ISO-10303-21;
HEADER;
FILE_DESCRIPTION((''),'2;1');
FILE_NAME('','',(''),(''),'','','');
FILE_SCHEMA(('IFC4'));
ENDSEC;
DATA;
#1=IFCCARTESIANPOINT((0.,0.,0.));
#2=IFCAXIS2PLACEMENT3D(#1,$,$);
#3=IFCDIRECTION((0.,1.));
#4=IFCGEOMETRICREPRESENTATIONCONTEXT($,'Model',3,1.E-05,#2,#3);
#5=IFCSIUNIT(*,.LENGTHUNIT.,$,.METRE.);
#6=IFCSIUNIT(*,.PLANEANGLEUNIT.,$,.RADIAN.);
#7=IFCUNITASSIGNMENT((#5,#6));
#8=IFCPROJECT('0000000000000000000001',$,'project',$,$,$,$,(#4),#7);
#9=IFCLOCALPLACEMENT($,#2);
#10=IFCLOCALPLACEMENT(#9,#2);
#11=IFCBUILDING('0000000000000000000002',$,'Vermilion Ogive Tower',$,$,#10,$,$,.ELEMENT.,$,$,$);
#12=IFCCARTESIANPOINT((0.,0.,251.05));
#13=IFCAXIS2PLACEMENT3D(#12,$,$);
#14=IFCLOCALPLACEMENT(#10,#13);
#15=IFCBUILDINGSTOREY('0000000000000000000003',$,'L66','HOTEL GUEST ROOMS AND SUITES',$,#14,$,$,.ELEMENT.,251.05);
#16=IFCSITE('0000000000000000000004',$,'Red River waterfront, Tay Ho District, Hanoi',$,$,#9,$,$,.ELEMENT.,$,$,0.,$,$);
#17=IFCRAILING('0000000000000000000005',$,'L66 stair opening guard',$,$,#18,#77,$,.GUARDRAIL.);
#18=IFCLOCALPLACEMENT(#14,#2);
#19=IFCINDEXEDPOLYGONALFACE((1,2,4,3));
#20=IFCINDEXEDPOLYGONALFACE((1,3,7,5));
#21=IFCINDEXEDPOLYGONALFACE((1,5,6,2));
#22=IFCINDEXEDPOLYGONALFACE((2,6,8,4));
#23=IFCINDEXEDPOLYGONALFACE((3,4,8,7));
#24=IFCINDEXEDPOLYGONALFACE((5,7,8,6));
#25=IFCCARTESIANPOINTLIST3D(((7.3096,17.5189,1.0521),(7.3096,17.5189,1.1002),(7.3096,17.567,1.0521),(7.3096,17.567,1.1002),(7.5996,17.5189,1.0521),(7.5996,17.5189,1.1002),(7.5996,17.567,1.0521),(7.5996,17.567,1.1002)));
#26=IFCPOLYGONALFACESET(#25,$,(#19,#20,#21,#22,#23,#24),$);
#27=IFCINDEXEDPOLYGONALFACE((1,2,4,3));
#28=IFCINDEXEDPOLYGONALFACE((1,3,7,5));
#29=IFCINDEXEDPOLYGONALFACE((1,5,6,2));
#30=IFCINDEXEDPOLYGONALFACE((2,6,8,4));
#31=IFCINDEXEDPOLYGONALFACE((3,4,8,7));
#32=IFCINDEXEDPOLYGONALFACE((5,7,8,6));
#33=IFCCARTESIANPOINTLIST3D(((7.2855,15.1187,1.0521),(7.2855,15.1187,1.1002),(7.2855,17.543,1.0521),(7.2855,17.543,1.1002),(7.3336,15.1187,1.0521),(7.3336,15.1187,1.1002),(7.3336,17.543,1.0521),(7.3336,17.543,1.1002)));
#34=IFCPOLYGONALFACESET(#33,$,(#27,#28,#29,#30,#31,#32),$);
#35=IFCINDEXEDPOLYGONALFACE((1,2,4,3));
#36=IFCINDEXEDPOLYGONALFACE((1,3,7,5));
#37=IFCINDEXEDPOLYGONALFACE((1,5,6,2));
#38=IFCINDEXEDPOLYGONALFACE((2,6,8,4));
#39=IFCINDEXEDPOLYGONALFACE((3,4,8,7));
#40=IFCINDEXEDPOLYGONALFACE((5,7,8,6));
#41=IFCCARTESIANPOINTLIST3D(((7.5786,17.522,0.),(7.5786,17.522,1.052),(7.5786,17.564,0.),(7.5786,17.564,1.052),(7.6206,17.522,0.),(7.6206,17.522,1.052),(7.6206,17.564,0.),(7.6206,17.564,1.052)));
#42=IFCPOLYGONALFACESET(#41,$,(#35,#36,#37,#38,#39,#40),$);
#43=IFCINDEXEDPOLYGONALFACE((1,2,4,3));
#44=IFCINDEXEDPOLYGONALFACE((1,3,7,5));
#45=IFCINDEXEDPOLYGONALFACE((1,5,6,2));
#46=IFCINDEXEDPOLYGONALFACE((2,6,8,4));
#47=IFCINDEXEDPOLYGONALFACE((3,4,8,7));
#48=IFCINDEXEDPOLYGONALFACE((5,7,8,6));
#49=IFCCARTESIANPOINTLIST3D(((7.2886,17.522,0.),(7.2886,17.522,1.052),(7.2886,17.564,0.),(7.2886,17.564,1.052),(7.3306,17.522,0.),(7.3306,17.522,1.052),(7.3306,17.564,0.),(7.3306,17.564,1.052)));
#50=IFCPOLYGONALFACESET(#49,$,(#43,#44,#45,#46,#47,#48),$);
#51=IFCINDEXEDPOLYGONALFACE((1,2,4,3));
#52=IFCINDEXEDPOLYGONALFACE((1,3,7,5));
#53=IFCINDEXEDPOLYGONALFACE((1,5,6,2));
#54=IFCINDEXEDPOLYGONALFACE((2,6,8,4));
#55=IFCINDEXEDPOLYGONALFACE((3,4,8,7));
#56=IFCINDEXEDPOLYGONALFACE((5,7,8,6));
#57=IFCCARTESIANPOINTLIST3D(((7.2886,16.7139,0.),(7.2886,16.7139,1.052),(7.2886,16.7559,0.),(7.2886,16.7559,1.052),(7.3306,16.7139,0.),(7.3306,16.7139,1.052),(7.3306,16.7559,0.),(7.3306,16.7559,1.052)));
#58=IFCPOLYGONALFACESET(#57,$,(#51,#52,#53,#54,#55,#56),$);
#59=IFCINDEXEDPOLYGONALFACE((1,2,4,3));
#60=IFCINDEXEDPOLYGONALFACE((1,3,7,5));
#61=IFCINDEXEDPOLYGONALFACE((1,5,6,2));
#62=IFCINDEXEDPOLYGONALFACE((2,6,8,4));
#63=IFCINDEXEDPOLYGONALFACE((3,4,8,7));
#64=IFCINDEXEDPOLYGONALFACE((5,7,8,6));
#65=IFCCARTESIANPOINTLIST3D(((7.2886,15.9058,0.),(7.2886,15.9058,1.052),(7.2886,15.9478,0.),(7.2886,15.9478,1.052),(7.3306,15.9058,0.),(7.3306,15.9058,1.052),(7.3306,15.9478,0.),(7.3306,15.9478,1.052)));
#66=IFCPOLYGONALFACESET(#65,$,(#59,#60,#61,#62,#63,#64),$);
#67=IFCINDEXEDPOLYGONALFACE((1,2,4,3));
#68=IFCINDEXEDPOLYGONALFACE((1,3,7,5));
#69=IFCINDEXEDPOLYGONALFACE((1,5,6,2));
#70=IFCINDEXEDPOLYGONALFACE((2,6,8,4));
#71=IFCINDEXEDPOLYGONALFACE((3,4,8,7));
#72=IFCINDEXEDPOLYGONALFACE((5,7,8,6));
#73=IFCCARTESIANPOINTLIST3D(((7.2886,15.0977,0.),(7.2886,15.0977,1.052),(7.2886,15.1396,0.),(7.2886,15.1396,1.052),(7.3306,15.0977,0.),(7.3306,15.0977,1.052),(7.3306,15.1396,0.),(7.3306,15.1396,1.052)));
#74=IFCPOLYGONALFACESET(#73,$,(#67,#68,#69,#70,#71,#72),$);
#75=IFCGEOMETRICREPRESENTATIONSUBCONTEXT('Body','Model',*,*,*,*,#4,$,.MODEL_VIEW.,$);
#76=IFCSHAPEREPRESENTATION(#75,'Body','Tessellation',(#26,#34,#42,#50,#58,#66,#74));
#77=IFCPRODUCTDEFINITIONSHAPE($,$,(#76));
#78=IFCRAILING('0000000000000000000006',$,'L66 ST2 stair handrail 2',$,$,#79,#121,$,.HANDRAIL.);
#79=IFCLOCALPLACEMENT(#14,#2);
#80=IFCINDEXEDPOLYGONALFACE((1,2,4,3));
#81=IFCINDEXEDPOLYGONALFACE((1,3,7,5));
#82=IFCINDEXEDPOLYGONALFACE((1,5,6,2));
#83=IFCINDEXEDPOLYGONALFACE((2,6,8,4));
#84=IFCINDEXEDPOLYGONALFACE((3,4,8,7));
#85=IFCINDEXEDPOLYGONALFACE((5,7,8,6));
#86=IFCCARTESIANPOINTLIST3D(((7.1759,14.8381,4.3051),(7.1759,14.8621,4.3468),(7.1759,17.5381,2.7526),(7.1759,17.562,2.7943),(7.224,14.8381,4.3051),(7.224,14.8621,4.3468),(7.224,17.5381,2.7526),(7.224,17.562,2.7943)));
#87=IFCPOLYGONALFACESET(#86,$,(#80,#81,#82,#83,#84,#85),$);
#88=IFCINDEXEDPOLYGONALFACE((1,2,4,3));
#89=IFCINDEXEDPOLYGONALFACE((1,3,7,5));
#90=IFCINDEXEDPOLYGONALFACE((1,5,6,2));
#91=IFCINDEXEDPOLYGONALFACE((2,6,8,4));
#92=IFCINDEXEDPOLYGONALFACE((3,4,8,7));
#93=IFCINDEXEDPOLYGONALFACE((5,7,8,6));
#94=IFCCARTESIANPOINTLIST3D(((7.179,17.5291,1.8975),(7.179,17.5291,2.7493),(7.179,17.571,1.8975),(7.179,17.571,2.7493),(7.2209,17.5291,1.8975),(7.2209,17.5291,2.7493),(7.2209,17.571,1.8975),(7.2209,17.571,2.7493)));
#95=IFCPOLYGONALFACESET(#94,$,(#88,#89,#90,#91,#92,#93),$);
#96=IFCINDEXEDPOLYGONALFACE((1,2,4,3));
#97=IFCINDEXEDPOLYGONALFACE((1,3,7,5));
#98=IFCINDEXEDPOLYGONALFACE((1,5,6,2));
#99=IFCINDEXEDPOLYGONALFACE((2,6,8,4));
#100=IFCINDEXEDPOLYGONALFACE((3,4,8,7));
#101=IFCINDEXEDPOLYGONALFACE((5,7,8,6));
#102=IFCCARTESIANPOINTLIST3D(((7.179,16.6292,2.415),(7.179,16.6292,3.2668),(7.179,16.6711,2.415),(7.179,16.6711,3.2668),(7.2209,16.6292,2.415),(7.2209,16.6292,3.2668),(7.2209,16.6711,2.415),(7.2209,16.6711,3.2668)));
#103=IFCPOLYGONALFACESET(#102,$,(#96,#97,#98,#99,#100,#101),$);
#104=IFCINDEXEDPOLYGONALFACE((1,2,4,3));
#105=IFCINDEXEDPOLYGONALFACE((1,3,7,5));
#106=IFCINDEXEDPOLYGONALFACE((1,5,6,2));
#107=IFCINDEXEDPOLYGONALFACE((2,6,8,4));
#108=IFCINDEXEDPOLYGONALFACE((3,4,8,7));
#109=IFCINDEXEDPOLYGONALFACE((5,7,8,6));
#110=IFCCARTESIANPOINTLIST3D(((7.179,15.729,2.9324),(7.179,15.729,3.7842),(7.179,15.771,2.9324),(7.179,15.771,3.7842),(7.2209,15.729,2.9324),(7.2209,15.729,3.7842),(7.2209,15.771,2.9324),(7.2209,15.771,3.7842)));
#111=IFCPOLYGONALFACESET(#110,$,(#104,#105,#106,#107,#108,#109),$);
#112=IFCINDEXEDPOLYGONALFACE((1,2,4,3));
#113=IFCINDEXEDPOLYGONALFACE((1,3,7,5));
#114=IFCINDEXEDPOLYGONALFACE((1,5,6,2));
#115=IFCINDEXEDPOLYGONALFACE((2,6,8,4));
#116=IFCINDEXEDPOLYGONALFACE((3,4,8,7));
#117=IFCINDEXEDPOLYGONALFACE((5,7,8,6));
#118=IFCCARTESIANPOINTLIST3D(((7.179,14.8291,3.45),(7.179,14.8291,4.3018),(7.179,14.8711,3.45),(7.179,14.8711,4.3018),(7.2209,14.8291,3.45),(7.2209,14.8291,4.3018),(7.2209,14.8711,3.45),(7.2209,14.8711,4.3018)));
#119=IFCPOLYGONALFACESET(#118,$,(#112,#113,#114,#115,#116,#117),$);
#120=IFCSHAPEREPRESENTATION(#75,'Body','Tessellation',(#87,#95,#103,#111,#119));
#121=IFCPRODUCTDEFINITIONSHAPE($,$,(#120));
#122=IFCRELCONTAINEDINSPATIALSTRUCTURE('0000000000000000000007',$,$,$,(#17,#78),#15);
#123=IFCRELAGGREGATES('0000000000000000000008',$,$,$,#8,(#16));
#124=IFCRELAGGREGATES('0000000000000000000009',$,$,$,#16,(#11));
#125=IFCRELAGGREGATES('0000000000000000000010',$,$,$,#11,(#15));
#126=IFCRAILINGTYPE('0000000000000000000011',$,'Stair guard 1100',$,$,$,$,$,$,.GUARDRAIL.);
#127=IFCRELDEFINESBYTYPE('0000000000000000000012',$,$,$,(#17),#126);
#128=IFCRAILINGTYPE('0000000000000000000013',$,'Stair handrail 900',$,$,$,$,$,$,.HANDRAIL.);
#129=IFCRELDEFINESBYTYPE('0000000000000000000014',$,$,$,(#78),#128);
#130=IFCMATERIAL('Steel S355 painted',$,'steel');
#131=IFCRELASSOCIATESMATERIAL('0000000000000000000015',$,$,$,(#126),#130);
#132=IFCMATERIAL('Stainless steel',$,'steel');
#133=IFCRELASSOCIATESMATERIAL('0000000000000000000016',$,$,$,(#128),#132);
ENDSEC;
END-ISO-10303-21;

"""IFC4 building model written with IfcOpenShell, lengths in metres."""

from ifc_helpers import new_model, si_unit, direction, frame, origin, origin_2d, place, context, subcontext, project, spatial, rectangle, extrude, material, type_object, element, save


model = new_model("IFC4")

# Units and contexts
model_context = context("Model", 3, precision=1e-05, world=origin(), true_north=direction((0.0, 1.0)))
body_context = subcontext(model_context, "Body", "Model", "MODEL_VIEW")
ifc_project = project(units=[si_unit("LENGTHUNIT", "METRE"), si_unit("PLANEANGLEUNIT", "RADIAN")], contexts=[model_context])

# Site, building, storey
site_placement = place(None, origin())
site = spatial("IfcSite", under=ifc_project, at=site_placement, Name="Red River waterfront, Tay Ho District, Hanoi", CompositionType="ELEMENT", RefElevation=0.0)
building_placement = place(site_placement, origin())
building = spatial("IfcBuilding", under=site, at=building_placement, Name="Vermilion Ogive Tower", CompositionType="ELEMENT")
storey_placement = place(building_placement, frame((0.0, 0.0, 251.05)))
storey = spatial("IfcBuildingStorey", under=building, at=storey_placement, Name="L66", Description="HOTEL GUEST ROOMS AND SUITES", CompositionType="ELEMENT", Elevation=251.05)

# Railings
ifc_material_1 = material(Name="Steel S355 painted", Category="steel")
railing_type_1 = type_object("IfcRailingType", Name="Stair guard 1100", PredefinedType="GUARDRAIL", material=ifc_material_1)
railing_1_placement = place(storey_placement, frame((7.5996, 17.543, 0.0)))
element("IfcRailing", 1, at=railing_1_placement, inside=storey, type_object=railing_type_1, Name="L66 stair opening guard", PredefinedType="GUARDRAIL", context=body_context, shape_type="SweptSolid", body=[
    extrude(rectangle(XDim=0.0481, YDim=0.0481, at=origin_2d()), frame((0.0, 0.0, 1.0762), z_axis=(-1.0, 0.0, 0.0), x_axis=(0.0, -1.0, 0.0)), (0.0, 0.0, 1.0), 0.29),
    extrude(rectangle(XDim=0.0481, YDim=0.0481, at=origin_2d()), frame((-0.29, 0.0, 1.0762), z_axis=(0.0, -1.0, 0.0), x_axis=(1.0, 0.0, 0.0)), (0.0, 0.0, 1.0), 2.4243),
    extrude(rectangle(XDim=0.042, YDim=0.042, at=origin_2d()), origin(), (0.0, 0.0, 1.0), 1.052),
    extrude(rectangle(XDim=0.042, YDim=0.042, at=origin_2d()), frame((-0.29, 0.0, 0.0)), (0.0, 0.0, 1.0), 1.052),
    extrude(rectangle(XDim=0.042, YDim=0.042, at=origin_2d()), frame((-0.29, -0.8081, 0.0)), (0.0, 0.0, 1.0), 1.052),
    extrude(rectangle(XDim=0.042, YDim=0.042, at=origin_2d()), frame((-0.29, -1.6162, 0.0)), (0.0, 0.0, 1.0), 1.052),
    extrude(rectangle(XDim=0.042, YDim=0.042, at=origin_2d()), frame((-0.29, -2.4243, 0.0)), (0.0, 0.0, 1.0), 1.052),
])
ifc_material_2 = material(Name="Stainless steel", Category="steel")
railing_type_2 = type_object("IfcRailingType", Name="Stair handrail 900", PredefinedType="HANDRAIL", material=ifc_material_2)
railing_2_placement = place(storey_placement, frame((7.2, 17.55, 1.8975)))
element("IfcRailing", 2, at=railing_2_placement, inside=storey, type_object=railing_type_2, Name="L66 ST2 stair handrail 2", PredefinedType="HANDRAIL", context=body_context, shape_type="SweptSolid", body=[
    extrude(rectangle(XDim=0.0481, YDim=0.0481, at=origin_2d()), frame((0.0, 0.0, 0.876), z_axis=(0.0, -0.866904, 0.498476), x_axis=(1.0, 0.0, 0.0)), (0.0, 0.0, 1.0), 3.1145),
    extrude(rectangle(XDim=0.042, YDim=0.042, at=origin_2d()), origin(), (0.0, 0.0, 1.0), 0.8518),
    extrude(rectangle(XDim=0.042, YDim=0.042, at=origin_2d()), frame((0.0, -0.8999, 0.5176)), (0.0, 0.0, 1.0), 0.8518),
    extrude(rectangle(XDim=0.042, YDim=0.042, at=origin_2d()), frame((0.0, -1.8, 1.0349)), (0.0, 0.0, 1.0), 0.8518),
    extrude(rectangle(XDim=0.042, YDim=0.042, at=origin_2d()), frame((0.0, -2.7, 1.5525)), (0.0, 0.0, 1.0), 0.8518),
])

save(model, "model.ifc")
